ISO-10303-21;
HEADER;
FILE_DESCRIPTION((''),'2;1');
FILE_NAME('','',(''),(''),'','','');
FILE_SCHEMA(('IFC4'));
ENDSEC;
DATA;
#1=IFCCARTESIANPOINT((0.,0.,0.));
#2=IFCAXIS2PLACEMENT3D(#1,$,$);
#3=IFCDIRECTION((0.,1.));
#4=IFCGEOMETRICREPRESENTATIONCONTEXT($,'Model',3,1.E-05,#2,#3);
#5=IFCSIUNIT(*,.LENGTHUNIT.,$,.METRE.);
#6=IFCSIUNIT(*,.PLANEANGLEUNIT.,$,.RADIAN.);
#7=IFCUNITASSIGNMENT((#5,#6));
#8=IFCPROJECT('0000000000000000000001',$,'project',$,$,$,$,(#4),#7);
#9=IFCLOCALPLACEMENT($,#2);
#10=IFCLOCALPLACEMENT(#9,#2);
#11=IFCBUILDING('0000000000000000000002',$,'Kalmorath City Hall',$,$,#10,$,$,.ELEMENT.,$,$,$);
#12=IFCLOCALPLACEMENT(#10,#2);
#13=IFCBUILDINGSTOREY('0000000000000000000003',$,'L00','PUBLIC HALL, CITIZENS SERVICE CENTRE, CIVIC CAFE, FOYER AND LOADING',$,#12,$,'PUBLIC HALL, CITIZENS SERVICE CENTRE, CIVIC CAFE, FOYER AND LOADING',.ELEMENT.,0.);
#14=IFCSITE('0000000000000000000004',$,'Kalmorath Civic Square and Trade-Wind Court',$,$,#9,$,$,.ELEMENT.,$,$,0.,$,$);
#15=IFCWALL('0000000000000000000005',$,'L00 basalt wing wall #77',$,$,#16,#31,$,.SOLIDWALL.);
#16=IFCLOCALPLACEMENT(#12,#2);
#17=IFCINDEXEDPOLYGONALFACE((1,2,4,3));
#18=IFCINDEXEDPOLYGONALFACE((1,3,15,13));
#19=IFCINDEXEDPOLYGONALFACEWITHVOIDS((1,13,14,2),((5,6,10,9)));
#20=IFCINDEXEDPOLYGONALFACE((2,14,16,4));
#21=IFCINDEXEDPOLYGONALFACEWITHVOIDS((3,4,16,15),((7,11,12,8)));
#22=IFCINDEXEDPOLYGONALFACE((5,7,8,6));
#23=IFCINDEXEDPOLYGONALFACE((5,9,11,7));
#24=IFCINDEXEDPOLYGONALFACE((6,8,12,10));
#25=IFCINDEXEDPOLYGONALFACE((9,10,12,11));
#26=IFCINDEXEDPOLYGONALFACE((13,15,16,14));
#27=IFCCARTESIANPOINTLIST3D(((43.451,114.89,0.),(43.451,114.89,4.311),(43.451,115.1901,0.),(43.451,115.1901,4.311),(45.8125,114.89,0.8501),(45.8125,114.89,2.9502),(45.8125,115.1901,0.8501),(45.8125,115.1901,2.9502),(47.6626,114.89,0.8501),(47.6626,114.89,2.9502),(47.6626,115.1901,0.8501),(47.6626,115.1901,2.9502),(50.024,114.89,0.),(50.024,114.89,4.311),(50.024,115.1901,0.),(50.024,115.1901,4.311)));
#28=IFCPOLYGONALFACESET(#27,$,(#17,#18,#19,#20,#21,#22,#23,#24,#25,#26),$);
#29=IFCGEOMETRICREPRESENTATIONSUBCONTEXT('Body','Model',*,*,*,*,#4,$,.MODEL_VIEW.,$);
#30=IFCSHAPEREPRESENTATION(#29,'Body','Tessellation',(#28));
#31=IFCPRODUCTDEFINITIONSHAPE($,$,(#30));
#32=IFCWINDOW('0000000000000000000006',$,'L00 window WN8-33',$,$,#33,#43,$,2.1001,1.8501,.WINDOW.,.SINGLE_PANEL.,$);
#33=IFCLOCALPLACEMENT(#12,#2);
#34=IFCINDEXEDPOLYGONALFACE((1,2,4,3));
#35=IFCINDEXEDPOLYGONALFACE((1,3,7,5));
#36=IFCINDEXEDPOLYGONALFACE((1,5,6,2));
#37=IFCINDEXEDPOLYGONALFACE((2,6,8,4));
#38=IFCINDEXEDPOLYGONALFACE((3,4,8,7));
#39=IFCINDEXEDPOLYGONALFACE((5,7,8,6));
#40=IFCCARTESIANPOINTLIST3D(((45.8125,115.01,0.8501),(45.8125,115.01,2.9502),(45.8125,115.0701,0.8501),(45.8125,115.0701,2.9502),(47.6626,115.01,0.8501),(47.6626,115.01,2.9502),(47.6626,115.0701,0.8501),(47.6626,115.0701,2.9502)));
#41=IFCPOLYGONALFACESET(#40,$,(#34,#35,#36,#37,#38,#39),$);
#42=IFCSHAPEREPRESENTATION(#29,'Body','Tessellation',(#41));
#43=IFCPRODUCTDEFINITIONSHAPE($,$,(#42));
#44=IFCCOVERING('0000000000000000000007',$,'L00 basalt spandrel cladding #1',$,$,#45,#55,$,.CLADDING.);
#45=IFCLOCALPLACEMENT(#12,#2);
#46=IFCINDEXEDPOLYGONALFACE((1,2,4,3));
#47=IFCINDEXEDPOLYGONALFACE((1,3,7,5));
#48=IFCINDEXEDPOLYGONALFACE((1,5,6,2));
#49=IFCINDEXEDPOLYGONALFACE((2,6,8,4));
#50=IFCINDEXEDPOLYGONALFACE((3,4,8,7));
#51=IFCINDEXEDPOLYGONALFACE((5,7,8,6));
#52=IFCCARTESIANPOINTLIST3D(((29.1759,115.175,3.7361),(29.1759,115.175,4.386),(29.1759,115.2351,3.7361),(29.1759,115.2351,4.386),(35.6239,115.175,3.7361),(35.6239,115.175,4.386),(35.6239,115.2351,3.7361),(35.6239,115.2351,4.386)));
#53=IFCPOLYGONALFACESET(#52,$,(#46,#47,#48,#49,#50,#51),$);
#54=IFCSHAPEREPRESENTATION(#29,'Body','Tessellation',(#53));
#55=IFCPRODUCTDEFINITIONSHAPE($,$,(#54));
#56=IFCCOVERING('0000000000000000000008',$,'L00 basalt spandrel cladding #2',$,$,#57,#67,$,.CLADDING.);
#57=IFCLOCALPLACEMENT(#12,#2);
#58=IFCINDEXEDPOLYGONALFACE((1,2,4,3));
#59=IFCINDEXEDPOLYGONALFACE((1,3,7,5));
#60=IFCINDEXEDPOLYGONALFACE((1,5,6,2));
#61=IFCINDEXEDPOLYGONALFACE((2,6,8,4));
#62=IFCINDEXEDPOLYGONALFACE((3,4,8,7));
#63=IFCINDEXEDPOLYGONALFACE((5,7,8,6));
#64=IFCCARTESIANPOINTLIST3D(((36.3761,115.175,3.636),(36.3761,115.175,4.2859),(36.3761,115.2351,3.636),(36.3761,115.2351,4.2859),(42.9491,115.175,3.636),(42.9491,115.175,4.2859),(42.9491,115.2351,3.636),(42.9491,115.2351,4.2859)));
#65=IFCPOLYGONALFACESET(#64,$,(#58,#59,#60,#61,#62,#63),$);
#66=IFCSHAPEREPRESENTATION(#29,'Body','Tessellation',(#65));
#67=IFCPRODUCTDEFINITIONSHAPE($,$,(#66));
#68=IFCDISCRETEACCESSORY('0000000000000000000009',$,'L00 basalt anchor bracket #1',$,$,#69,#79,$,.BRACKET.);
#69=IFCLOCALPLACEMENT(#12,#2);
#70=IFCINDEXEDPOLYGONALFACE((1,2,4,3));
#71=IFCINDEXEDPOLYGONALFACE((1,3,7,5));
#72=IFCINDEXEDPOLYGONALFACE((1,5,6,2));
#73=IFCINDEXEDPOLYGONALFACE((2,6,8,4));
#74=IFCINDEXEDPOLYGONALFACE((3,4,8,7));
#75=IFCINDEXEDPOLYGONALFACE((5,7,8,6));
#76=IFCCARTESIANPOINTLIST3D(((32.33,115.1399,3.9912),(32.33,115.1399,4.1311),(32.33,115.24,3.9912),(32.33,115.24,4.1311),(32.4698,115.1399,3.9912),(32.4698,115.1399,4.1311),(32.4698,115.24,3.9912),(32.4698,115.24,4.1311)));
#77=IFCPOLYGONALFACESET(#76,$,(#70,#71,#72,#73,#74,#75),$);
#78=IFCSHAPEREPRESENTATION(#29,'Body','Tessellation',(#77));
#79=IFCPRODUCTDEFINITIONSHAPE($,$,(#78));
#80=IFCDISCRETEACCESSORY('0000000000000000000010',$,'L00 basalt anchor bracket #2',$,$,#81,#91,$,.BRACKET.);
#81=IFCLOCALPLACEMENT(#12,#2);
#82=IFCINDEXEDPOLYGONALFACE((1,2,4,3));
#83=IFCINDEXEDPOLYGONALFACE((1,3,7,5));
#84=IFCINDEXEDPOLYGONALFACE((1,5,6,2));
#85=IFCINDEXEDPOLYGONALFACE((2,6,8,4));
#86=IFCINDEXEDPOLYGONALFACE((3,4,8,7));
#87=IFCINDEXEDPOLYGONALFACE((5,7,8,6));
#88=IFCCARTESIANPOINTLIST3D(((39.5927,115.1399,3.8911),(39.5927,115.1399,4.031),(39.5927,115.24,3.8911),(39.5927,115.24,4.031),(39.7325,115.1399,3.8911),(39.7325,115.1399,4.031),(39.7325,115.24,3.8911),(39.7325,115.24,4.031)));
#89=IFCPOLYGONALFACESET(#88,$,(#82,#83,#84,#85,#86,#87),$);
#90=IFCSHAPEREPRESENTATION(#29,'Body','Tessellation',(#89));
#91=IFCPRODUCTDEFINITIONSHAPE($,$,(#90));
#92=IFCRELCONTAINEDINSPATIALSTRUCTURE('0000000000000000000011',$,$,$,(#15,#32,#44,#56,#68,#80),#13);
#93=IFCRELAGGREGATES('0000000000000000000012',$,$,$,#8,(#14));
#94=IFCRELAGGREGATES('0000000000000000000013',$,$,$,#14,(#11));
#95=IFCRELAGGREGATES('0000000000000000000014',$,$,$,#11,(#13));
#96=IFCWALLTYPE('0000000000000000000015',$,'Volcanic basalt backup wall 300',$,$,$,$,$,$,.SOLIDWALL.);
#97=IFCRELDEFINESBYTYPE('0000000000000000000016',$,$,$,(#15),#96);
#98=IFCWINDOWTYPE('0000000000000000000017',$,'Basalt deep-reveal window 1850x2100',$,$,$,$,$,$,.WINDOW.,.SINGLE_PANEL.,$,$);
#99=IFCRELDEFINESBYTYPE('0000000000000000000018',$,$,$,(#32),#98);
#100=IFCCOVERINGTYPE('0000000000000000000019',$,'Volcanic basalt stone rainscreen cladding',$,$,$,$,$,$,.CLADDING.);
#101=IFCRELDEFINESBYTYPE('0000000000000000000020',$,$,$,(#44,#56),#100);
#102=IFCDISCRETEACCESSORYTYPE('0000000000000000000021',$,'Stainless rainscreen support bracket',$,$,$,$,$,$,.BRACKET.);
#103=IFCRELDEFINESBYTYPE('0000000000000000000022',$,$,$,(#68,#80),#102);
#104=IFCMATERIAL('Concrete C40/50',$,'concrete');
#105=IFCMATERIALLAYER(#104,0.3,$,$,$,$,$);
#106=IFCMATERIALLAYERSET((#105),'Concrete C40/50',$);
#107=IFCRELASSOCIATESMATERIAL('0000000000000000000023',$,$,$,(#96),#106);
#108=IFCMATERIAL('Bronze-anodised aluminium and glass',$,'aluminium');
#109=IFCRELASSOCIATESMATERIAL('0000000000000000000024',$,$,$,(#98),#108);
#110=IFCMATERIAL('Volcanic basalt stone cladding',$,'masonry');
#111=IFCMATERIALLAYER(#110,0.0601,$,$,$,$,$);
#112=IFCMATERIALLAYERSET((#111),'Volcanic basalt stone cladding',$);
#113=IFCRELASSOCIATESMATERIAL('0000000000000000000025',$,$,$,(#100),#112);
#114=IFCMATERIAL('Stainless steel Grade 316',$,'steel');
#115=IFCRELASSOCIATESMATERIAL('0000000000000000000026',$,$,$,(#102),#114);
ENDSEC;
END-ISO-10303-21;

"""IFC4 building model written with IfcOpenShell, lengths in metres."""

from ifc_helpers import new_model, si_unit, direction, frame, frame_2d, origin, origin_2d, place, context, subcontext, project, spatial, rectangle, extrude, material, layer, layer_set, type_object, element, fill, save


model = new_model("IFC4")

# Units and contexts
model_context = context("Model", 3, precision=1e-05, world=origin(), true_north=direction((0.0, 1.0)))
body_context = subcontext(model_context, "Body", "Model", "MODEL_VIEW")
ifc_project = project(units=[si_unit("LENGTHUNIT", "METRE"), si_unit("PLANEANGLEUNIT", "RADIAN")], contexts=[model_context])

# Site, building, storey
site_placement = place(None, origin())
site = spatial("IfcSite", under=ifc_project, at=site_placement, Name="Kalmorath Civic Square and Trade-Wind Court", CompositionType="ELEMENT", RefElevation=0.0)
building_placement = place(site_placement, origin())
building = spatial("IfcBuilding", under=site, at=building_placement, Name="Kalmorath City Hall", CompositionType="ELEMENT")
storey_placement = place(building_placement, origin())
storey = spatial("IfcBuildingStorey", under=building, at=storey_placement, Name="L00", Description="PUBLIC HALL, CITIZENS SERVICE CENTRE, CIVIC CAFE, FOYER AND LOADING", LongName="PUBLIC HALL, CITIZENS SERVICE CENTRE, CIVIC CAFE, FOYER AND LOADING", CompositionType="ELEMENT", Elevation=0.0)

# Shared definitions
ifc_material_1 = material(Name="Concrete C40/50", Category="concrete")
ifc_layer_1 = layer(ifc_material_1, 0.3)
ifc_layer_set_1 = layer_set([ifc_layer_1], Name="Concrete C40/50")
wall_type = type_object("IfcWallType", Name="Volcanic basalt backup wall 300", PredefinedType="SOLIDWALL", material=ifc_layer_set_1)

# Wall, opening, window
wall_1_placement = place(storey_placement, frame((43.4509, 115.04, 0.0), z_axis=(0.0, 0.0, 1.0), x_axis=(1.0, 0.0, 0.0)))
wall_1 = element("IfcWall", 1, at=wall_1_placement, inside=storey, type_object=wall_type, Name="L00 basalt wing wall #77", PredefinedType="SOLIDWALL", context=body_context, shape_type="SweptSolid", body=[
    extrude(rectangle(XDim=6.573, YDim=0.3, at=frame_2d((3.2866, 0.0))), origin(), (0.0, 0.0, 1.0), 4.311),
])
opening_1_placement = place(wall_1_placement, frame((2.3616, 0.0, 0.8501)))
opening_1 = element("IfcOpeningElement", 2, at=opening_1_placement, cuts=wall_1, PredefinedType="OPENING", context=body_context, shape_type="SweptSolid", body=[
    extrude(rectangle(XDim=1.8501, YDim=2.1001, at=frame_2d((0.925, 1.05))), frame((0.0, 0.1599, 0.0), z_axis=(0.0, -1.0, 0.0), x_axis=(1.0, 0.0, 0.0)), (0.0, 0.0, 1.0), 0.3201),
])
ifc_material_2 = material(Name="Bronze-anodised aluminium and glass", Category="aluminium")
window_type = type_object("IfcWindowType", Name="Basalt deep-reveal window 1850x2100", PartitioningType="SINGLE_PANEL", PredefinedType="WINDOW", material=ifc_material_2)
window_placement = place(opening_1_placement, origin())
window = element("IfcWindow", 3, at=window_placement, inside=storey, type_object=window_type, Name="L00 window WN8-33", OverallHeight=2.1001, OverallWidth=1.8501, PartitioningType="SINGLE_PANEL", PredefinedType="WINDOW", context=body_context, shape_type="SweptSolid", body=[
    extrude(rectangle(XDim=1.8501, YDim=2.1001, at=frame_2d((0.925, 1.05))), frame((0.0, 0.03, 0.0), z_axis=(0.0, -1.0, 0.0), x_axis=(1.0, 0.0, 0.0)), (0.0, 0.0, 1.0), 0.0601),
])
fill(opening_1, window)

# Coverings
ifc_material_3 = material(Name="Volcanic basalt stone cladding", Category="masonry")
ifc_layer_2 = layer(ifc_material_3, 0.0601)
ifc_layer_set_2 = layer_set([ifc_layer_2], Name="Volcanic basalt stone cladding")
covering_type = type_object("IfcCoveringType", Name="Volcanic basalt stone rainscreen cladding", PredefinedType="CLADDING", material=ifc_layer_set_2)
covering_1_placement = place(storey_placement, frame((32.3999, 115.2051, 3.7361), z_axis=(0.0, 0.0, 1.0), x_axis=(1.0, 0.0, 0.0)))
element("IfcCovering", 4, at=covering_1_placement, inside=storey, type_object=covering_type, Name="L00 basalt spandrel cladding #1", PredefinedType="CLADDING", context=body_context, shape_type="SweptSolid", body=[
    extrude(rectangle(XDim=6.448, YDim=0.0601, at=origin_2d()), origin(), (0.0, 0.0, 1.0), 0.6499),
])
covering_2_placement = place(storey_placement, frame((39.6626, 115.2051, 3.636), z_axis=(0.0, 0.0, 1.0), x_axis=(1.0, 0.0, 0.0)))
element("IfcCovering", 5, at=covering_2_placement, inside=storey, type_object=covering_type, Name="L00 basalt spandrel cladding #2", PredefinedType="CLADDING", context=body_context, shape_type="SweptSolid", body=[
    extrude(rectangle(XDim=6.573, YDim=0.0601, at=origin_2d()), origin(), (0.0, 0.0, 1.0), 0.6499),
])

# Discrete accessories
ifc_material_4 = material(Name="Stainless steel Grade 316", Category="steel")
discrete_accessory_type = type_object("IfcDiscreteAccessoryType", Name="Stainless rainscreen support bracket", PredefinedType="BRACKET", material=ifc_material_4)
for number, where, z_axis, x_axis, name in (
    (6, (32.3999, 115.1899, 3.9912), (0.0, 0.0, 1.0), (1.0, 0.0, 0.0), "L00 basalt anchor bracket #1"),
    (7, (39.6626, 115.1899, 3.8911), (0.0, 0.0, 1.0), (1.0, 0.0, 0.0), "L00 basalt anchor bracket #2"),
):
    element("IfcDiscreteAccessory", number, at=place(storey_placement, frame(where, z_axis=z_axis, x_axis=x_axis)), inside=storey, type_object=discrete_accessory_type, Name=name, PredefinedType="BRACKET", context=body_context, shape_type="SweptSolid", body=[
        extrude(rectangle(XDim=0.1399, YDim=0.1001, at=origin_2d()), origin(), (0.0, 0.0, 1.0), 0.1399),
    ])

save(model, "model.ifc")
